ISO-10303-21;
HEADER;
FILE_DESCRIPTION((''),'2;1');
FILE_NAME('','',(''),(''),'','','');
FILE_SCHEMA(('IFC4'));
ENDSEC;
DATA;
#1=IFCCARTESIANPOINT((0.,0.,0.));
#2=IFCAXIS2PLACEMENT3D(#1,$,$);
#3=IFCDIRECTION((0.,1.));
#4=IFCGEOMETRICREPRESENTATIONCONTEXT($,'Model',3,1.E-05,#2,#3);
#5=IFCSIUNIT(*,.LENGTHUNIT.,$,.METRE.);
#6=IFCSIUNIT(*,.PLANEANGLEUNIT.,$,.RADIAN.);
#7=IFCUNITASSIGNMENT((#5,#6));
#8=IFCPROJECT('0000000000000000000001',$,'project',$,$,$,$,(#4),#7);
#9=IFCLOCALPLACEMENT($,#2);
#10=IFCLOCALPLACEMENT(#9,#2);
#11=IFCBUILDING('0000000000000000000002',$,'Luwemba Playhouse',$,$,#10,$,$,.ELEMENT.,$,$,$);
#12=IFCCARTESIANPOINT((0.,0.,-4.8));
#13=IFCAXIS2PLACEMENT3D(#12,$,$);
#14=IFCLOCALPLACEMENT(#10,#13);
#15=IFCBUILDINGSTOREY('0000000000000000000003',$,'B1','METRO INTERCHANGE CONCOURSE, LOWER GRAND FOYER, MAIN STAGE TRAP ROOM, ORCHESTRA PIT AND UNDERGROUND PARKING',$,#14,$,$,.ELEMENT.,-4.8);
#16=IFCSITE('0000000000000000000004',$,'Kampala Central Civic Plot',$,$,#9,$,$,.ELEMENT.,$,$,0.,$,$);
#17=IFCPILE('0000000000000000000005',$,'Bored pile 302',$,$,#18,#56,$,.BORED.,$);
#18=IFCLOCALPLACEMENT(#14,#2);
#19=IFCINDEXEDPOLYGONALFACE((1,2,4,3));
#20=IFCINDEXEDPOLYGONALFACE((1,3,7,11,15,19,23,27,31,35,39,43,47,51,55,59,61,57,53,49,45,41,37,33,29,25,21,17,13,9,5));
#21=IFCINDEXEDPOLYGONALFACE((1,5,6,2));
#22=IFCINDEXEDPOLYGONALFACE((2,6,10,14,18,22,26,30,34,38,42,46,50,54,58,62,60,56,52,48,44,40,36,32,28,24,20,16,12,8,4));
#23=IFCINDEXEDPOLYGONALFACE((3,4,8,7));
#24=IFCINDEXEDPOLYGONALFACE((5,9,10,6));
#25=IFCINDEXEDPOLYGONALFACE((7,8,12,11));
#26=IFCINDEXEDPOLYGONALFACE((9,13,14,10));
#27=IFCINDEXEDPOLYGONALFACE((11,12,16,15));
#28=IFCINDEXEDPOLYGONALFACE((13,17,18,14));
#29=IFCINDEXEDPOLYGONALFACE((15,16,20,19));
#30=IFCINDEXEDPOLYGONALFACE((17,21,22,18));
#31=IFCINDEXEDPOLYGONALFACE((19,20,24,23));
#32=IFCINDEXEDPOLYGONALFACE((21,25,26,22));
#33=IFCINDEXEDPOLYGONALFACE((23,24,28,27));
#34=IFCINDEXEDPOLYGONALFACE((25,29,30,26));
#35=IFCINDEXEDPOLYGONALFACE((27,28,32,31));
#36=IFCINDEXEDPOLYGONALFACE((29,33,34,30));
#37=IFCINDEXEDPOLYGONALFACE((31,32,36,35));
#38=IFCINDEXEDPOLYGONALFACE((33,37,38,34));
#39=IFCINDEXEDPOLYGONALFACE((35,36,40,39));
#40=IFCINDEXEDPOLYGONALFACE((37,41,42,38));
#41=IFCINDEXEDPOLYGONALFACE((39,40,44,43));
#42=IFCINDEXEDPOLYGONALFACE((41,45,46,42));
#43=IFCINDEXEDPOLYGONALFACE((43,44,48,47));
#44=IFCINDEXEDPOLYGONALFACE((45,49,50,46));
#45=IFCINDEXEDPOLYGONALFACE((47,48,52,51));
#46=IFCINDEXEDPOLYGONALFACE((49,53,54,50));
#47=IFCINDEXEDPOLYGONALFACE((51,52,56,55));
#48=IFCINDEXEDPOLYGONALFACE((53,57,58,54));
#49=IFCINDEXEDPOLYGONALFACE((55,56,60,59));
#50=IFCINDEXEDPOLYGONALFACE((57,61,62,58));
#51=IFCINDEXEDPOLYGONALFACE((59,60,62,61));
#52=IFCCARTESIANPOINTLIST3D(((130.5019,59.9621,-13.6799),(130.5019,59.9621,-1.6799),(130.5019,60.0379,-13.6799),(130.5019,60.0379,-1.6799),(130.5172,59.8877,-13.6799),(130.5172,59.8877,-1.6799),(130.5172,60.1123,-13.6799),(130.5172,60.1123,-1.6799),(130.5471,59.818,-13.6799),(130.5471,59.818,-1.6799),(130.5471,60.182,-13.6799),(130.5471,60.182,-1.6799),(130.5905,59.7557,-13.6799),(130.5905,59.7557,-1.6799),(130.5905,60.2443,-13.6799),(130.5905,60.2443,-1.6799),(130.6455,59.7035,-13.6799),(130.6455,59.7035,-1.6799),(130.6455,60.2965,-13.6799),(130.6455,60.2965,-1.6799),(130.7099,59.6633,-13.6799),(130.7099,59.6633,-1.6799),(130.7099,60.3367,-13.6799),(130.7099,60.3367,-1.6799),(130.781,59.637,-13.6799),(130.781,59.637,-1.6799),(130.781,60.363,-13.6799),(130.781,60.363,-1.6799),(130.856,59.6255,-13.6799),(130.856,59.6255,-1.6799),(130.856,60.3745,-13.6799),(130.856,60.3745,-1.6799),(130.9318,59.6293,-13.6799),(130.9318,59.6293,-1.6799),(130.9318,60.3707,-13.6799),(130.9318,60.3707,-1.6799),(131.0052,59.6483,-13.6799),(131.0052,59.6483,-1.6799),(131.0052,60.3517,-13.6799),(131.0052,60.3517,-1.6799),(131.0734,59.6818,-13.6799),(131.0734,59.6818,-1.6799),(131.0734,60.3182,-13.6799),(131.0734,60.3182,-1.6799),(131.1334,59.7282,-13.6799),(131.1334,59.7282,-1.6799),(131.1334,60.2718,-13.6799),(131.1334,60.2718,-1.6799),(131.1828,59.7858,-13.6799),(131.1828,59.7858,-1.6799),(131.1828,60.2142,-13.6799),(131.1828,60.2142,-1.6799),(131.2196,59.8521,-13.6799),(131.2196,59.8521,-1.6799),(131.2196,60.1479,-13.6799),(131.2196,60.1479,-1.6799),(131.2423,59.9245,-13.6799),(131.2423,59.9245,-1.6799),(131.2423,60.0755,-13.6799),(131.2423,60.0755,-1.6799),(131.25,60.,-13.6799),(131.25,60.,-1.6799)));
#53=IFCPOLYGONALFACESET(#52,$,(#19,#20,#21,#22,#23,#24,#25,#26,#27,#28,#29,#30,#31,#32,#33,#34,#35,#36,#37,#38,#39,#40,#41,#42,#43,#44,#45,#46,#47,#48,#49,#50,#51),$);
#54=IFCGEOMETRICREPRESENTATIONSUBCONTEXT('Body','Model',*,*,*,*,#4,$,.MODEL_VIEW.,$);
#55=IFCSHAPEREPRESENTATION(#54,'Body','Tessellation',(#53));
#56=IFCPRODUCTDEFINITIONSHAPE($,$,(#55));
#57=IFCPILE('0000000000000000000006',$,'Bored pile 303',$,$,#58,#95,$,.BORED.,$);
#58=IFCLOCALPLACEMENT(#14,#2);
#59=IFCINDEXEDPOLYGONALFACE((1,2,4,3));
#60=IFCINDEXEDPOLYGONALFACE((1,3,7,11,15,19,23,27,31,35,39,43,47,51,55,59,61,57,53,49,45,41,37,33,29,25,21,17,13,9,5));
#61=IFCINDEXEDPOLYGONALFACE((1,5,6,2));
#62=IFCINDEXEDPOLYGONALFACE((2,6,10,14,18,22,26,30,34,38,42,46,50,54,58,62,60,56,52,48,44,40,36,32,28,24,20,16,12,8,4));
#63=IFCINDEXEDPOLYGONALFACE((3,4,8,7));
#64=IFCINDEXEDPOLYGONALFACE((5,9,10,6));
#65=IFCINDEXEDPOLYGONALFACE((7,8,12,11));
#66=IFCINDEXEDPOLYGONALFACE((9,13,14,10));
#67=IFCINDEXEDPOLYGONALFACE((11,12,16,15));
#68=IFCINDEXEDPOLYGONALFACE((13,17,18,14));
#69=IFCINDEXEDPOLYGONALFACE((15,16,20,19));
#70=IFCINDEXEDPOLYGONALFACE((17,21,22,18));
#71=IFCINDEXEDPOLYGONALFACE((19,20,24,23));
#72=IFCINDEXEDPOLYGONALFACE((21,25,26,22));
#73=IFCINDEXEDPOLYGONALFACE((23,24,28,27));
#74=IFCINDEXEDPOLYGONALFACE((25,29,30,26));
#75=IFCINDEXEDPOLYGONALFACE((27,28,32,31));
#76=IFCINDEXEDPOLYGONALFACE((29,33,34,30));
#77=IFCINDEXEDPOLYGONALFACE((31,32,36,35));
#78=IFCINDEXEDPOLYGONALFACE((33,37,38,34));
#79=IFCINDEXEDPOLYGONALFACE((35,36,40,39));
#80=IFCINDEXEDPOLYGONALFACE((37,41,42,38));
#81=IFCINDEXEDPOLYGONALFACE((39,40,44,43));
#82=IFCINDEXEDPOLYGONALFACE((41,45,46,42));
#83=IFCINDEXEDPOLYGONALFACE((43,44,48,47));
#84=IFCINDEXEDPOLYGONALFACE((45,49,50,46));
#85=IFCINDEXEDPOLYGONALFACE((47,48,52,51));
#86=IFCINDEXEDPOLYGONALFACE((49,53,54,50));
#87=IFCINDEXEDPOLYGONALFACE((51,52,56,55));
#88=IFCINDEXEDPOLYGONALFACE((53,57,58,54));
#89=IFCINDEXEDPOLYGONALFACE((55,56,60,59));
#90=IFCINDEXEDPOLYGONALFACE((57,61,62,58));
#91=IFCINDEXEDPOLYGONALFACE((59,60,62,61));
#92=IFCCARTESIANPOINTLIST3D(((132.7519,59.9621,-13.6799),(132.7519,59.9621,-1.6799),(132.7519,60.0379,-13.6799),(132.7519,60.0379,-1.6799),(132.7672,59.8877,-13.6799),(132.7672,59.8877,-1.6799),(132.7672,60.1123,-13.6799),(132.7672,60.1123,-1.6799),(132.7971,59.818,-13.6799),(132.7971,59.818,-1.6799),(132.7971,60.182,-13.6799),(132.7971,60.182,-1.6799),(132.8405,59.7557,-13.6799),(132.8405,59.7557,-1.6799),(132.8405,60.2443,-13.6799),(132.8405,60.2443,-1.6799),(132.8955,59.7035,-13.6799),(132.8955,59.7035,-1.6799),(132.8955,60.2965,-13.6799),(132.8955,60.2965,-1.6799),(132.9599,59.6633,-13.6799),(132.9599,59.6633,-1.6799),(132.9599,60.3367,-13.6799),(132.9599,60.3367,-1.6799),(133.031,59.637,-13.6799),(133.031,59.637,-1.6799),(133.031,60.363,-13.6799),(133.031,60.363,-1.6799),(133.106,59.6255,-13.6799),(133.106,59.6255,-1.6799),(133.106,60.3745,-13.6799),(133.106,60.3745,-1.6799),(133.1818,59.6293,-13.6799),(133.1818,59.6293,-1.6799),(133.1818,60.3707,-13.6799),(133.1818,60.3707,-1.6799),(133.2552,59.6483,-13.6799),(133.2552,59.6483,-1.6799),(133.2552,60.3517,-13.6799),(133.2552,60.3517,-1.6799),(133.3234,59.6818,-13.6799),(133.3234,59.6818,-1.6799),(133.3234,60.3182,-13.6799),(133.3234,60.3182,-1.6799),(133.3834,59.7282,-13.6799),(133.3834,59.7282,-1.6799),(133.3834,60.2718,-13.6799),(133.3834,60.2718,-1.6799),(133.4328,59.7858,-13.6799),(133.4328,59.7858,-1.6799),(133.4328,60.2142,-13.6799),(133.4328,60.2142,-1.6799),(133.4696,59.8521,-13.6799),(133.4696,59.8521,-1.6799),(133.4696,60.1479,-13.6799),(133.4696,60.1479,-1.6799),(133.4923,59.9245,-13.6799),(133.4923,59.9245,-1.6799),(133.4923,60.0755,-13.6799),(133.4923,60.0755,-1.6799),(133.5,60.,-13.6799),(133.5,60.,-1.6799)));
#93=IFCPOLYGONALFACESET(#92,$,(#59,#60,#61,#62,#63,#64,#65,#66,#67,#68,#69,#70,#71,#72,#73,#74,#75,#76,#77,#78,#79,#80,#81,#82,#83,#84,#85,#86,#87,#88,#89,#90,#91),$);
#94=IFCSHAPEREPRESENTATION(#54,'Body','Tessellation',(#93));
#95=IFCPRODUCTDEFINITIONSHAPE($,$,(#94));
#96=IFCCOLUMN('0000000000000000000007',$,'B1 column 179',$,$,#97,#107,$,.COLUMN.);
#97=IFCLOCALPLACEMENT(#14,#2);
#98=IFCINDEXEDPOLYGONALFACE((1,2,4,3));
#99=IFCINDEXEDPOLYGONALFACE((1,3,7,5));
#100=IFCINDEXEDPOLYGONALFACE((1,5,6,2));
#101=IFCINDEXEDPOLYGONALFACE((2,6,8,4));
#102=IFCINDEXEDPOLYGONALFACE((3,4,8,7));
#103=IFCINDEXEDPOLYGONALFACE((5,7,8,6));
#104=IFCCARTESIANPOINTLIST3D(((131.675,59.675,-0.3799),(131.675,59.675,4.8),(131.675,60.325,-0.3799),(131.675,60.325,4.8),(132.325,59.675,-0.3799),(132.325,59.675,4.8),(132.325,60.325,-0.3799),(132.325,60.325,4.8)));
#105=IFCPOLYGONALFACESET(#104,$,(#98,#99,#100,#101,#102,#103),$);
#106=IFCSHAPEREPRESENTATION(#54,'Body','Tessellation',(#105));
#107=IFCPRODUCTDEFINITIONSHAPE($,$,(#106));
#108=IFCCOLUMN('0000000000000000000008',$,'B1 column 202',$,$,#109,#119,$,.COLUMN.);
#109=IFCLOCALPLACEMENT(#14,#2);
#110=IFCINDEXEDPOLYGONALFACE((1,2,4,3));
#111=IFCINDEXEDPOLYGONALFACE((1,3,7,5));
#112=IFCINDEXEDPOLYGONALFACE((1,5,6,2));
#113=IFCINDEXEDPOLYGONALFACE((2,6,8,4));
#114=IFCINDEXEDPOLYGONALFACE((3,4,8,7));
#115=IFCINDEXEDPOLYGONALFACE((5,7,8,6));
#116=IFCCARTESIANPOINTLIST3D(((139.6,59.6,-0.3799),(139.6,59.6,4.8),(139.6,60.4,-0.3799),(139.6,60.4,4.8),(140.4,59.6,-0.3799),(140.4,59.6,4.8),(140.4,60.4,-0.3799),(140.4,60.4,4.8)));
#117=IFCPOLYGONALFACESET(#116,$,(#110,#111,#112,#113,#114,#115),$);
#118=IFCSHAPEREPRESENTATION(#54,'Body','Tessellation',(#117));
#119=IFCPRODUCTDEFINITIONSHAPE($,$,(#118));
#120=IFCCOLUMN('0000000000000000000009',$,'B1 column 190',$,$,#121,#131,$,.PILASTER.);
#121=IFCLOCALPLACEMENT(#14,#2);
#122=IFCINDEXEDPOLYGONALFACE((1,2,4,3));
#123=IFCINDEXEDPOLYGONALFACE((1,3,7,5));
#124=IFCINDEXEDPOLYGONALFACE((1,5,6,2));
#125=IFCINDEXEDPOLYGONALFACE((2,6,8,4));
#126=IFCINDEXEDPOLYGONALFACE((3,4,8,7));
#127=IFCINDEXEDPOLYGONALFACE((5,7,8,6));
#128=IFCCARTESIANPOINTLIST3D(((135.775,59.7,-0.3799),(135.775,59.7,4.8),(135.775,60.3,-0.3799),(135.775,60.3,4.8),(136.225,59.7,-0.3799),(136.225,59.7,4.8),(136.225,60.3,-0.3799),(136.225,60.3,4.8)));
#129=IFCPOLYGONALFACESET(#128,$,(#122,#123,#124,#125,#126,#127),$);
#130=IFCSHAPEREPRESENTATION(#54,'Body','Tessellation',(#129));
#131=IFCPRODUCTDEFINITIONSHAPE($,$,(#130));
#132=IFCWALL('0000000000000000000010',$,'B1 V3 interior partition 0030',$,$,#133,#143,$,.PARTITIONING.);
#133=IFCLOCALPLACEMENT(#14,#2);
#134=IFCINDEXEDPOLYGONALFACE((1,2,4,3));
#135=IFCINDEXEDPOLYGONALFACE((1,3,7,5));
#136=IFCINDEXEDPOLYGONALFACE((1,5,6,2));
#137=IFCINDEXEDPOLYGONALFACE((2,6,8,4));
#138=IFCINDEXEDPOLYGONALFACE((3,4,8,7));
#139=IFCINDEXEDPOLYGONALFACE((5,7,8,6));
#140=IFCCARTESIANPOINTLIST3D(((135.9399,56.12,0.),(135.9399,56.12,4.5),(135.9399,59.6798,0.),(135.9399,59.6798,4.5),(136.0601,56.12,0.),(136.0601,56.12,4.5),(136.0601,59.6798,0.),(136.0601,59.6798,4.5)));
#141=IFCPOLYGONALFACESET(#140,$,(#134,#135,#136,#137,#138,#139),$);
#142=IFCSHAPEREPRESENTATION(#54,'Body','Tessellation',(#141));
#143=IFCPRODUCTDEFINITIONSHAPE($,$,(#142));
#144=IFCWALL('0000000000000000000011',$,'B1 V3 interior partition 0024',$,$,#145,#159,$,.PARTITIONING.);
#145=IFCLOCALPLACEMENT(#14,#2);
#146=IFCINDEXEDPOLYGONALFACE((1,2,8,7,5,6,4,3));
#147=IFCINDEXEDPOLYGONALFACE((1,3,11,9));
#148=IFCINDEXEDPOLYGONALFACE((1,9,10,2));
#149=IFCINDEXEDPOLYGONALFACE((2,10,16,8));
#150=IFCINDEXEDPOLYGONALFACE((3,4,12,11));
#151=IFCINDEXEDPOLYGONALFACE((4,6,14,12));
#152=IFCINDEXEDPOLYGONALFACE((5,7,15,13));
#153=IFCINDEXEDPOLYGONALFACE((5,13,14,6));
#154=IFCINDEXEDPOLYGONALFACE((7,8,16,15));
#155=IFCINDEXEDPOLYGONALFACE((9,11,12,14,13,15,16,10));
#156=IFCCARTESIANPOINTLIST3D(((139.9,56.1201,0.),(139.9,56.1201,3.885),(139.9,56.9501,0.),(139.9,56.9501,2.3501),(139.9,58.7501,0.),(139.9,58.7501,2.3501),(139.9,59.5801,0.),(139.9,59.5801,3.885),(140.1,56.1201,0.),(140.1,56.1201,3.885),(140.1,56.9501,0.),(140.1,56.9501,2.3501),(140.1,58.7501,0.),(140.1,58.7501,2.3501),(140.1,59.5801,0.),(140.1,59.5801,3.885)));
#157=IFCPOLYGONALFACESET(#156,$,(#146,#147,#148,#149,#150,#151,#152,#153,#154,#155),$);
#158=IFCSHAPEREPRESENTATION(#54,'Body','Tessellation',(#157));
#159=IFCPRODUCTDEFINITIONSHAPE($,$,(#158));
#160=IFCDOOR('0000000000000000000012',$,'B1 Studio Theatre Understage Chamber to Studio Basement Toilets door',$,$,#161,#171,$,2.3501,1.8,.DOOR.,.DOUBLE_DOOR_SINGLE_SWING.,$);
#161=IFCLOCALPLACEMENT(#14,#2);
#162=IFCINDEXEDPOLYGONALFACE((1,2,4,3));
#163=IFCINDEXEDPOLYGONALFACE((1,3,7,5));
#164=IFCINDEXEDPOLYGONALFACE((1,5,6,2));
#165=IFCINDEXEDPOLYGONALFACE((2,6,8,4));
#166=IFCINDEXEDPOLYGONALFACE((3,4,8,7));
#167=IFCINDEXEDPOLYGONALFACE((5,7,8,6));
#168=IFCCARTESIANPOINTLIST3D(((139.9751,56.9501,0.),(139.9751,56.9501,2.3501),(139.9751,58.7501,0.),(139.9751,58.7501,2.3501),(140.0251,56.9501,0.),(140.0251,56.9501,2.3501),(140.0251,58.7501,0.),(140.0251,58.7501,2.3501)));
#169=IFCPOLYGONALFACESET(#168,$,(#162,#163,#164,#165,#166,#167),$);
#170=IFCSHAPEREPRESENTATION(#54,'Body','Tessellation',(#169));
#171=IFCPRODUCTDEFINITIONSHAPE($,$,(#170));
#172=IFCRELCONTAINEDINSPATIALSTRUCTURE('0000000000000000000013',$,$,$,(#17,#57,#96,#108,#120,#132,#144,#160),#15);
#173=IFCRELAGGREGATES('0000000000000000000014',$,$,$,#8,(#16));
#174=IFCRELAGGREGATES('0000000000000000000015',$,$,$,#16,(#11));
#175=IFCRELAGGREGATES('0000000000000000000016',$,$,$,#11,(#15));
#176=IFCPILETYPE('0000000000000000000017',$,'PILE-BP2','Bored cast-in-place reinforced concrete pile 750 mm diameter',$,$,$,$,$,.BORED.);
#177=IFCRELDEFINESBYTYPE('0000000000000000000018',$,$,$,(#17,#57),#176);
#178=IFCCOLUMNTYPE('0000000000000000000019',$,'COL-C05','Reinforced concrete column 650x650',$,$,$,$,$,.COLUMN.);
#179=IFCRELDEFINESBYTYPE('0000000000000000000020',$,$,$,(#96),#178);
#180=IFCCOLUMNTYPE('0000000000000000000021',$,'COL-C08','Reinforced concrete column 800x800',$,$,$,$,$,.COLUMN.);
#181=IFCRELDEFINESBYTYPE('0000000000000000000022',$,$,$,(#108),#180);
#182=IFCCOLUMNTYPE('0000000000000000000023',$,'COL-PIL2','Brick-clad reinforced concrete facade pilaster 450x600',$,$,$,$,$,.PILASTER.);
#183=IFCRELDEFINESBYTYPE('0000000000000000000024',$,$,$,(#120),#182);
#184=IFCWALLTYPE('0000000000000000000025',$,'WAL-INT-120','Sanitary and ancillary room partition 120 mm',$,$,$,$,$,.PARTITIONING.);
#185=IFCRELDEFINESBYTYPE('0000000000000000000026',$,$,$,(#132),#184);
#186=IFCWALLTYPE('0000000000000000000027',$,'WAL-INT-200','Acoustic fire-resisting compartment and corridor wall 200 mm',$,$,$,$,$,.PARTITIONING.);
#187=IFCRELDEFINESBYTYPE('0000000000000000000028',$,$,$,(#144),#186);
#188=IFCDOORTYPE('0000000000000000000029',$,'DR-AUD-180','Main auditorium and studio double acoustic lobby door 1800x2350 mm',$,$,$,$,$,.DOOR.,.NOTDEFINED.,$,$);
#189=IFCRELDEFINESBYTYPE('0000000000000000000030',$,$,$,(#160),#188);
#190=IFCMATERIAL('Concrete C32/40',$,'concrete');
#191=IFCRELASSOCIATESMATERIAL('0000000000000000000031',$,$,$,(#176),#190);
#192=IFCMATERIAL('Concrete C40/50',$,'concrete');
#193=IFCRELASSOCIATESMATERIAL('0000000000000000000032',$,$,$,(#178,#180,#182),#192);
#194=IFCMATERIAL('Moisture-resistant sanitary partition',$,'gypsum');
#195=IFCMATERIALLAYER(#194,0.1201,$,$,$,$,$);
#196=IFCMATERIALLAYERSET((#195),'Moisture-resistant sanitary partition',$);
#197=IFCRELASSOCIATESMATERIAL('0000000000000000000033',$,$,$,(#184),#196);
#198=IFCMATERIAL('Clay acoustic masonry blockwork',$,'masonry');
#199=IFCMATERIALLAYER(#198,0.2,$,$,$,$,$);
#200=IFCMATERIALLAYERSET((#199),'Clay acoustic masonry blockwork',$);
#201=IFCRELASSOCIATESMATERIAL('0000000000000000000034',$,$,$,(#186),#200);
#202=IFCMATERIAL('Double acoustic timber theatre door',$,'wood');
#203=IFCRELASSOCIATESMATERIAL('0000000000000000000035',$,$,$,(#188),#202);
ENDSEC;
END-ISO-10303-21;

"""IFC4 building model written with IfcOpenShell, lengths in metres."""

from ifc_helpers import new_model, si_unit, direction, frame, frame_2d, origin, origin_2d, place, context, subcontext, project, spatial, rectangle, circle, extrude, material, layer, layer_set, material_profile, profile_set, type_object, element, fill, save


model = new_model("IFC4")

# Units and contexts
model_context = context("Model", 3, precision=1e-05, world=origin(), true_north=direction((0.0, 1.0)))
body_context = subcontext(model_context, "Body", "Model", "MODEL_VIEW")
ifc_project = project(units=[si_unit("LENGTHUNIT", "METRE"), si_unit("PLANEANGLEUNIT", "RADIAN")], contexts=[model_context])

# Site, building, storey
site_placement = place(None, origin())
site = spatial("IfcSite", under=ifc_project, at=site_placement, Name="Kampala Central Civic Plot", CompositionType="ELEMENT", RefElevation=0.0)
building_placement = place(site_placement, origin())
building = spatial("IfcBuilding", under=site, at=building_placement, Name="Luwemba Playhouse", CompositionType="ELEMENT")
storey_placement = place(building_placement, frame((0.0, 0.0, -4.8)))
storey = spatial("IfcBuildingStorey", under=building, at=storey_placement, Name="B1", Description="METRO INTERCHANGE CONCOURSE, LOWER GRAND FOYER, MAIN STAGE TRAP ROOM, ORCHESTRA PIT AND UNDERGROUND PARKING", CompositionType="ELEMENT", Elevation=-4.8)

# Shared definitions
ifc_material_1 = material(Name="Concrete C32/40", Category="concrete")

# Piles
ifc_material_profile_1 = material_profile(ifc_material_1, circle(Radius=0.375, at=origin_2d()))
ifc_profile_set_1 = profile_set([ifc_material_profile_1], Name="Concrete C32/40")
pile_type_1 = type_object("IfcPileType", Name="PILE-BP2", Description="Bored cast-in-place reinforced concrete pile 750 mm diameter", PredefinedType="BORED", material=ifc_profile_set_1)
for number, where, z_axis, x_axis, name in (
    (1, (130.875, 60.0, -1.6799), (0.0, 0.0, -1.0), (1.0, 0.0, 0.0), "Bored pile 302"),
    (2, (133.125, 60.0, -1.6799), (0.0, 0.0, -1.0), (1.0, 0.0, 0.0), "Bored pile 303"),
):
    element("IfcPile", number, at=place(storey_placement, frame(where, z_axis=z_axis, x_axis=x_axis)), inside=storey, type_object=pile_type_1, Name=name, PredefinedType="BORED", context=body_context, shape_type="SweptSolid", body=[
        extrude(circle(Radius=0.375, at=origin_2d()), origin(), (0.0, 0.0, 1.0), 12.0),
    ])

# Columns
ifc_material_2 = material(Name="Concrete C40/50", Category="concrete")
ifc_material_profile_2 = material_profile(ifc_material_2, rectangle(XDim=0.6499, YDim=0.6499, at=origin_2d()))
ifc_profile_set_2 = profile_set([ifc_material_profile_2], Name="Concrete C40/50")
column_type_1 = type_object("IfcColumnType", Name="COL-C05", Description="Reinforced concrete column 650x650", PredefinedType="COLUMN", material=ifc_profile_set_2)
column_1_placement = place(storey_placement, frame((132.0, 60.0, -0.3799), z_axis=(0.0, 0.0, 1.0), x_axis=(1.0, 0.0, 0.0)))
element("IfcColumn", 3, at=column_1_placement, inside=storey, type_object=column_type_1, Name="B1 column 179", PredefinedType="COLUMN", context=body_context, shape_type="SweptSolid", body=[
    extrude(rectangle(XDim=0.6499, YDim=0.6499, at=origin_2d()), origin(), (0.0, 0.0, 1.0), 5.1799),
])
ifc_material_profile_3 = material_profile(ifc_material_2, rectangle(XDim=0.8, YDim=0.8, at=origin_2d()))
ifc_profile_set_3 = profile_set([ifc_material_profile_3], Name="Concrete C40/50")
column_type_2 = type_object("IfcColumnType", Name="COL-C08", Description="Reinforced concrete column 800x800", PredefinedType="COLUMN", material=ifc_profile_set_3)
column_2_placement = place(storey_placement, frame((140.0, 60.0, -0.3799), z_axis=(0.0, 0.0, 1.0), x_axis=(1.0, 0.0, 0.0)))
element("IfcColumn", 4, at=column_2_placement, inside=storey, type_object=column_type_2, Name="B1 column 202", PredefinedType="COLUMN", context=body_context, shape_type="SweptSolid", body=[
    extrude(rectangle(XDim=0.8, YDim=0.8, at=origin_2d()), origin(), (0.0, 0.0, 1.0), 5.1799),
])
ifc_material_profile_4 = material_profile(ifc_material_2, rectangle(XDim=0.45, YDim=0.6001, at=origin_2d()))
ifc_profile_set_4 = profile_set([ifc_material_profile_4], Name="Concrete C40/50")
column_type_3 = type_object("IfcColumnType", Name="COL-PIL2", Description="Brick-clad reinforced concrete facade pilaster 450x600", PredefinedType="PILASTER", material=ifc_profile_set_4)
column_3_placement = place(storey_placement, frame((136.0, 60.0, -0.3799), z_axis=(0.0, 0.0, 1.0), x_axis=(1.0, 0.0, 0.0)))
element("IfcColumn", 5, at=column_3_placement, inside=storey, type_object=column_type_3, Name="B1 column 190", PredefinedType="PILASTER", context=body_context, shape_type="SweptSolid", body=[
    extrude(rectangle(XDim=0.45, YDim=0.6001, at=origin_2d()), origin(), (0.0, 0.0, 1.0), 5.1799),
])

# Wall
ifc_material_3 = material(Name="Moisture-resistant sanitary partition", Category="gypsum")
ifc_layer_1 = layer(ifc_material_3, 0.1201)
ifc_layer_set_1 = layer_set([ifc_layer_1], Name="Moisture-resistant sanitary partition")
wall_type_1 = type_object("IfcWallType", Name="WAL-INT-120", Description="Sanitary and ancillary room partition 120 mm", PredefinedType="PARTITIONING", material=ifc_layer_set_1)
wall_1_placement = place(storey_placement, frame((136.0, 56.1201, 0.0), z_axis=(0.0, 0.0, 1.0), x_axis=(0.0, 1.0, 0.0)))
element("IfcWall", 6, at=wall_1_placement, inside=storey, type_object=wall_type_1, Name="B1 V3 interior partition 0030", PredefinedType="PARTITIONING", context=body_context, shape_type="SweptSolid", body=[
    extrude(rectangle(XDim=3.5598, YDim=0.1201, at=frame_2d((1.7798, 0.0))), origin(), (0.0, 0.0, 1.0), 4.5),
])

# Wall, opening, door
ifc_material_4 = material(Name="Clay acoustic masonry blockwork", Category="masonry")
ifc_layer_2 = layer(ifc_material_4, 0.2)
ifc_layer_set_2 = layer_set([ifc_layer_2], Name="Clay acoustic masonry blockwork")
wall_type_2 = type_object("IfcWallType", Name="WAL-INT-200", Description="Acoustic fire-resisting compartment and corridor wall 200 mm", PredefinedType="PARTITIONING", material=ifc_layer_set_2)
wall_2_placement = place(storey_placement, frame((140.0, 56.1201, 0.0), z_axis=(0.0, 0.0, 1.0), x_axis=(0.0, 1.0, 0.0)))
wall_2 = element("IfcWall", 7, at=wall_2_placement, inside=storey, type_object=wall_type_2, Name="B1 V3 interior partition 0024", PredefinedType="PARTITIONING", context=body_context, shape_type="SweptSolid", body=[
    extrude(rectangle(XDim=3.46, YDim=0.2, at=frame_2d((1.73, 0.0))), origin(), (0.0, 0.0, 1.0), 3.885),
])
opening_1_placement = place(wall_2_placement, frame((0.8301, 0.0, 0.0)))
opening_1 = element("IfcOpeningElement", 8, at=opening_1_placement, cuts=wall_2, PredefinedType="OPENING", context=body_context, shape_type="SweptSolid", body=[
    extrude(rectangle(XDim=1.8, YDim=2.3501, at=frame_2d((0.8999, 1.175))), frame((0.0, 0.1099, 0.0), z_axis=(0.0, -1.0, 0.0), x_axis=(1.0, 0.0, 0.0)), (0.0, 0.0, 1.0), 0.22),
])
ifc_material_5 = material(Name="Double acoustic timber theatre door", Category="wood")
door_type_1 = type_object("IfcDoorType", Name="DR-AUD-180", Description="Main auditorium and studio double acoustic lobby door 1800x2350 mm", OperationType="NOTDEFINED", PredefinedType="DOOR", material=ifc_material_5)
door_1_placement = place(opening_1_placement, origin())
door_1 = element("IfcDoor", 9, at=door_1_placement, inside=storey, type_object=door_type_1, Name="B1 Studio Theatre Understage Chamber to Studio Basement Toilets door", OperationType="DOUBLE_DOOR_SINGLE_SWING", OverallHeight=2.3501, OverallWidth=1.8, PredefinedType="DOOR", context=body_context, shape_type="SweptSolid", body=[
    extrude(rectangle(XDim=1.8, YDim=2.3501, at=frame_2d((0.8999, 1.175))), frame((0.0, 0.0249, 0.0), z_axis=(0.0, -1.0, 0.0), x_axis=(1.0, 0.0, 0.0)), (0.0, 0.0, 1.0), 0.05),
])
fill(opening_1, door_1)

save(model, "model.ifc")
